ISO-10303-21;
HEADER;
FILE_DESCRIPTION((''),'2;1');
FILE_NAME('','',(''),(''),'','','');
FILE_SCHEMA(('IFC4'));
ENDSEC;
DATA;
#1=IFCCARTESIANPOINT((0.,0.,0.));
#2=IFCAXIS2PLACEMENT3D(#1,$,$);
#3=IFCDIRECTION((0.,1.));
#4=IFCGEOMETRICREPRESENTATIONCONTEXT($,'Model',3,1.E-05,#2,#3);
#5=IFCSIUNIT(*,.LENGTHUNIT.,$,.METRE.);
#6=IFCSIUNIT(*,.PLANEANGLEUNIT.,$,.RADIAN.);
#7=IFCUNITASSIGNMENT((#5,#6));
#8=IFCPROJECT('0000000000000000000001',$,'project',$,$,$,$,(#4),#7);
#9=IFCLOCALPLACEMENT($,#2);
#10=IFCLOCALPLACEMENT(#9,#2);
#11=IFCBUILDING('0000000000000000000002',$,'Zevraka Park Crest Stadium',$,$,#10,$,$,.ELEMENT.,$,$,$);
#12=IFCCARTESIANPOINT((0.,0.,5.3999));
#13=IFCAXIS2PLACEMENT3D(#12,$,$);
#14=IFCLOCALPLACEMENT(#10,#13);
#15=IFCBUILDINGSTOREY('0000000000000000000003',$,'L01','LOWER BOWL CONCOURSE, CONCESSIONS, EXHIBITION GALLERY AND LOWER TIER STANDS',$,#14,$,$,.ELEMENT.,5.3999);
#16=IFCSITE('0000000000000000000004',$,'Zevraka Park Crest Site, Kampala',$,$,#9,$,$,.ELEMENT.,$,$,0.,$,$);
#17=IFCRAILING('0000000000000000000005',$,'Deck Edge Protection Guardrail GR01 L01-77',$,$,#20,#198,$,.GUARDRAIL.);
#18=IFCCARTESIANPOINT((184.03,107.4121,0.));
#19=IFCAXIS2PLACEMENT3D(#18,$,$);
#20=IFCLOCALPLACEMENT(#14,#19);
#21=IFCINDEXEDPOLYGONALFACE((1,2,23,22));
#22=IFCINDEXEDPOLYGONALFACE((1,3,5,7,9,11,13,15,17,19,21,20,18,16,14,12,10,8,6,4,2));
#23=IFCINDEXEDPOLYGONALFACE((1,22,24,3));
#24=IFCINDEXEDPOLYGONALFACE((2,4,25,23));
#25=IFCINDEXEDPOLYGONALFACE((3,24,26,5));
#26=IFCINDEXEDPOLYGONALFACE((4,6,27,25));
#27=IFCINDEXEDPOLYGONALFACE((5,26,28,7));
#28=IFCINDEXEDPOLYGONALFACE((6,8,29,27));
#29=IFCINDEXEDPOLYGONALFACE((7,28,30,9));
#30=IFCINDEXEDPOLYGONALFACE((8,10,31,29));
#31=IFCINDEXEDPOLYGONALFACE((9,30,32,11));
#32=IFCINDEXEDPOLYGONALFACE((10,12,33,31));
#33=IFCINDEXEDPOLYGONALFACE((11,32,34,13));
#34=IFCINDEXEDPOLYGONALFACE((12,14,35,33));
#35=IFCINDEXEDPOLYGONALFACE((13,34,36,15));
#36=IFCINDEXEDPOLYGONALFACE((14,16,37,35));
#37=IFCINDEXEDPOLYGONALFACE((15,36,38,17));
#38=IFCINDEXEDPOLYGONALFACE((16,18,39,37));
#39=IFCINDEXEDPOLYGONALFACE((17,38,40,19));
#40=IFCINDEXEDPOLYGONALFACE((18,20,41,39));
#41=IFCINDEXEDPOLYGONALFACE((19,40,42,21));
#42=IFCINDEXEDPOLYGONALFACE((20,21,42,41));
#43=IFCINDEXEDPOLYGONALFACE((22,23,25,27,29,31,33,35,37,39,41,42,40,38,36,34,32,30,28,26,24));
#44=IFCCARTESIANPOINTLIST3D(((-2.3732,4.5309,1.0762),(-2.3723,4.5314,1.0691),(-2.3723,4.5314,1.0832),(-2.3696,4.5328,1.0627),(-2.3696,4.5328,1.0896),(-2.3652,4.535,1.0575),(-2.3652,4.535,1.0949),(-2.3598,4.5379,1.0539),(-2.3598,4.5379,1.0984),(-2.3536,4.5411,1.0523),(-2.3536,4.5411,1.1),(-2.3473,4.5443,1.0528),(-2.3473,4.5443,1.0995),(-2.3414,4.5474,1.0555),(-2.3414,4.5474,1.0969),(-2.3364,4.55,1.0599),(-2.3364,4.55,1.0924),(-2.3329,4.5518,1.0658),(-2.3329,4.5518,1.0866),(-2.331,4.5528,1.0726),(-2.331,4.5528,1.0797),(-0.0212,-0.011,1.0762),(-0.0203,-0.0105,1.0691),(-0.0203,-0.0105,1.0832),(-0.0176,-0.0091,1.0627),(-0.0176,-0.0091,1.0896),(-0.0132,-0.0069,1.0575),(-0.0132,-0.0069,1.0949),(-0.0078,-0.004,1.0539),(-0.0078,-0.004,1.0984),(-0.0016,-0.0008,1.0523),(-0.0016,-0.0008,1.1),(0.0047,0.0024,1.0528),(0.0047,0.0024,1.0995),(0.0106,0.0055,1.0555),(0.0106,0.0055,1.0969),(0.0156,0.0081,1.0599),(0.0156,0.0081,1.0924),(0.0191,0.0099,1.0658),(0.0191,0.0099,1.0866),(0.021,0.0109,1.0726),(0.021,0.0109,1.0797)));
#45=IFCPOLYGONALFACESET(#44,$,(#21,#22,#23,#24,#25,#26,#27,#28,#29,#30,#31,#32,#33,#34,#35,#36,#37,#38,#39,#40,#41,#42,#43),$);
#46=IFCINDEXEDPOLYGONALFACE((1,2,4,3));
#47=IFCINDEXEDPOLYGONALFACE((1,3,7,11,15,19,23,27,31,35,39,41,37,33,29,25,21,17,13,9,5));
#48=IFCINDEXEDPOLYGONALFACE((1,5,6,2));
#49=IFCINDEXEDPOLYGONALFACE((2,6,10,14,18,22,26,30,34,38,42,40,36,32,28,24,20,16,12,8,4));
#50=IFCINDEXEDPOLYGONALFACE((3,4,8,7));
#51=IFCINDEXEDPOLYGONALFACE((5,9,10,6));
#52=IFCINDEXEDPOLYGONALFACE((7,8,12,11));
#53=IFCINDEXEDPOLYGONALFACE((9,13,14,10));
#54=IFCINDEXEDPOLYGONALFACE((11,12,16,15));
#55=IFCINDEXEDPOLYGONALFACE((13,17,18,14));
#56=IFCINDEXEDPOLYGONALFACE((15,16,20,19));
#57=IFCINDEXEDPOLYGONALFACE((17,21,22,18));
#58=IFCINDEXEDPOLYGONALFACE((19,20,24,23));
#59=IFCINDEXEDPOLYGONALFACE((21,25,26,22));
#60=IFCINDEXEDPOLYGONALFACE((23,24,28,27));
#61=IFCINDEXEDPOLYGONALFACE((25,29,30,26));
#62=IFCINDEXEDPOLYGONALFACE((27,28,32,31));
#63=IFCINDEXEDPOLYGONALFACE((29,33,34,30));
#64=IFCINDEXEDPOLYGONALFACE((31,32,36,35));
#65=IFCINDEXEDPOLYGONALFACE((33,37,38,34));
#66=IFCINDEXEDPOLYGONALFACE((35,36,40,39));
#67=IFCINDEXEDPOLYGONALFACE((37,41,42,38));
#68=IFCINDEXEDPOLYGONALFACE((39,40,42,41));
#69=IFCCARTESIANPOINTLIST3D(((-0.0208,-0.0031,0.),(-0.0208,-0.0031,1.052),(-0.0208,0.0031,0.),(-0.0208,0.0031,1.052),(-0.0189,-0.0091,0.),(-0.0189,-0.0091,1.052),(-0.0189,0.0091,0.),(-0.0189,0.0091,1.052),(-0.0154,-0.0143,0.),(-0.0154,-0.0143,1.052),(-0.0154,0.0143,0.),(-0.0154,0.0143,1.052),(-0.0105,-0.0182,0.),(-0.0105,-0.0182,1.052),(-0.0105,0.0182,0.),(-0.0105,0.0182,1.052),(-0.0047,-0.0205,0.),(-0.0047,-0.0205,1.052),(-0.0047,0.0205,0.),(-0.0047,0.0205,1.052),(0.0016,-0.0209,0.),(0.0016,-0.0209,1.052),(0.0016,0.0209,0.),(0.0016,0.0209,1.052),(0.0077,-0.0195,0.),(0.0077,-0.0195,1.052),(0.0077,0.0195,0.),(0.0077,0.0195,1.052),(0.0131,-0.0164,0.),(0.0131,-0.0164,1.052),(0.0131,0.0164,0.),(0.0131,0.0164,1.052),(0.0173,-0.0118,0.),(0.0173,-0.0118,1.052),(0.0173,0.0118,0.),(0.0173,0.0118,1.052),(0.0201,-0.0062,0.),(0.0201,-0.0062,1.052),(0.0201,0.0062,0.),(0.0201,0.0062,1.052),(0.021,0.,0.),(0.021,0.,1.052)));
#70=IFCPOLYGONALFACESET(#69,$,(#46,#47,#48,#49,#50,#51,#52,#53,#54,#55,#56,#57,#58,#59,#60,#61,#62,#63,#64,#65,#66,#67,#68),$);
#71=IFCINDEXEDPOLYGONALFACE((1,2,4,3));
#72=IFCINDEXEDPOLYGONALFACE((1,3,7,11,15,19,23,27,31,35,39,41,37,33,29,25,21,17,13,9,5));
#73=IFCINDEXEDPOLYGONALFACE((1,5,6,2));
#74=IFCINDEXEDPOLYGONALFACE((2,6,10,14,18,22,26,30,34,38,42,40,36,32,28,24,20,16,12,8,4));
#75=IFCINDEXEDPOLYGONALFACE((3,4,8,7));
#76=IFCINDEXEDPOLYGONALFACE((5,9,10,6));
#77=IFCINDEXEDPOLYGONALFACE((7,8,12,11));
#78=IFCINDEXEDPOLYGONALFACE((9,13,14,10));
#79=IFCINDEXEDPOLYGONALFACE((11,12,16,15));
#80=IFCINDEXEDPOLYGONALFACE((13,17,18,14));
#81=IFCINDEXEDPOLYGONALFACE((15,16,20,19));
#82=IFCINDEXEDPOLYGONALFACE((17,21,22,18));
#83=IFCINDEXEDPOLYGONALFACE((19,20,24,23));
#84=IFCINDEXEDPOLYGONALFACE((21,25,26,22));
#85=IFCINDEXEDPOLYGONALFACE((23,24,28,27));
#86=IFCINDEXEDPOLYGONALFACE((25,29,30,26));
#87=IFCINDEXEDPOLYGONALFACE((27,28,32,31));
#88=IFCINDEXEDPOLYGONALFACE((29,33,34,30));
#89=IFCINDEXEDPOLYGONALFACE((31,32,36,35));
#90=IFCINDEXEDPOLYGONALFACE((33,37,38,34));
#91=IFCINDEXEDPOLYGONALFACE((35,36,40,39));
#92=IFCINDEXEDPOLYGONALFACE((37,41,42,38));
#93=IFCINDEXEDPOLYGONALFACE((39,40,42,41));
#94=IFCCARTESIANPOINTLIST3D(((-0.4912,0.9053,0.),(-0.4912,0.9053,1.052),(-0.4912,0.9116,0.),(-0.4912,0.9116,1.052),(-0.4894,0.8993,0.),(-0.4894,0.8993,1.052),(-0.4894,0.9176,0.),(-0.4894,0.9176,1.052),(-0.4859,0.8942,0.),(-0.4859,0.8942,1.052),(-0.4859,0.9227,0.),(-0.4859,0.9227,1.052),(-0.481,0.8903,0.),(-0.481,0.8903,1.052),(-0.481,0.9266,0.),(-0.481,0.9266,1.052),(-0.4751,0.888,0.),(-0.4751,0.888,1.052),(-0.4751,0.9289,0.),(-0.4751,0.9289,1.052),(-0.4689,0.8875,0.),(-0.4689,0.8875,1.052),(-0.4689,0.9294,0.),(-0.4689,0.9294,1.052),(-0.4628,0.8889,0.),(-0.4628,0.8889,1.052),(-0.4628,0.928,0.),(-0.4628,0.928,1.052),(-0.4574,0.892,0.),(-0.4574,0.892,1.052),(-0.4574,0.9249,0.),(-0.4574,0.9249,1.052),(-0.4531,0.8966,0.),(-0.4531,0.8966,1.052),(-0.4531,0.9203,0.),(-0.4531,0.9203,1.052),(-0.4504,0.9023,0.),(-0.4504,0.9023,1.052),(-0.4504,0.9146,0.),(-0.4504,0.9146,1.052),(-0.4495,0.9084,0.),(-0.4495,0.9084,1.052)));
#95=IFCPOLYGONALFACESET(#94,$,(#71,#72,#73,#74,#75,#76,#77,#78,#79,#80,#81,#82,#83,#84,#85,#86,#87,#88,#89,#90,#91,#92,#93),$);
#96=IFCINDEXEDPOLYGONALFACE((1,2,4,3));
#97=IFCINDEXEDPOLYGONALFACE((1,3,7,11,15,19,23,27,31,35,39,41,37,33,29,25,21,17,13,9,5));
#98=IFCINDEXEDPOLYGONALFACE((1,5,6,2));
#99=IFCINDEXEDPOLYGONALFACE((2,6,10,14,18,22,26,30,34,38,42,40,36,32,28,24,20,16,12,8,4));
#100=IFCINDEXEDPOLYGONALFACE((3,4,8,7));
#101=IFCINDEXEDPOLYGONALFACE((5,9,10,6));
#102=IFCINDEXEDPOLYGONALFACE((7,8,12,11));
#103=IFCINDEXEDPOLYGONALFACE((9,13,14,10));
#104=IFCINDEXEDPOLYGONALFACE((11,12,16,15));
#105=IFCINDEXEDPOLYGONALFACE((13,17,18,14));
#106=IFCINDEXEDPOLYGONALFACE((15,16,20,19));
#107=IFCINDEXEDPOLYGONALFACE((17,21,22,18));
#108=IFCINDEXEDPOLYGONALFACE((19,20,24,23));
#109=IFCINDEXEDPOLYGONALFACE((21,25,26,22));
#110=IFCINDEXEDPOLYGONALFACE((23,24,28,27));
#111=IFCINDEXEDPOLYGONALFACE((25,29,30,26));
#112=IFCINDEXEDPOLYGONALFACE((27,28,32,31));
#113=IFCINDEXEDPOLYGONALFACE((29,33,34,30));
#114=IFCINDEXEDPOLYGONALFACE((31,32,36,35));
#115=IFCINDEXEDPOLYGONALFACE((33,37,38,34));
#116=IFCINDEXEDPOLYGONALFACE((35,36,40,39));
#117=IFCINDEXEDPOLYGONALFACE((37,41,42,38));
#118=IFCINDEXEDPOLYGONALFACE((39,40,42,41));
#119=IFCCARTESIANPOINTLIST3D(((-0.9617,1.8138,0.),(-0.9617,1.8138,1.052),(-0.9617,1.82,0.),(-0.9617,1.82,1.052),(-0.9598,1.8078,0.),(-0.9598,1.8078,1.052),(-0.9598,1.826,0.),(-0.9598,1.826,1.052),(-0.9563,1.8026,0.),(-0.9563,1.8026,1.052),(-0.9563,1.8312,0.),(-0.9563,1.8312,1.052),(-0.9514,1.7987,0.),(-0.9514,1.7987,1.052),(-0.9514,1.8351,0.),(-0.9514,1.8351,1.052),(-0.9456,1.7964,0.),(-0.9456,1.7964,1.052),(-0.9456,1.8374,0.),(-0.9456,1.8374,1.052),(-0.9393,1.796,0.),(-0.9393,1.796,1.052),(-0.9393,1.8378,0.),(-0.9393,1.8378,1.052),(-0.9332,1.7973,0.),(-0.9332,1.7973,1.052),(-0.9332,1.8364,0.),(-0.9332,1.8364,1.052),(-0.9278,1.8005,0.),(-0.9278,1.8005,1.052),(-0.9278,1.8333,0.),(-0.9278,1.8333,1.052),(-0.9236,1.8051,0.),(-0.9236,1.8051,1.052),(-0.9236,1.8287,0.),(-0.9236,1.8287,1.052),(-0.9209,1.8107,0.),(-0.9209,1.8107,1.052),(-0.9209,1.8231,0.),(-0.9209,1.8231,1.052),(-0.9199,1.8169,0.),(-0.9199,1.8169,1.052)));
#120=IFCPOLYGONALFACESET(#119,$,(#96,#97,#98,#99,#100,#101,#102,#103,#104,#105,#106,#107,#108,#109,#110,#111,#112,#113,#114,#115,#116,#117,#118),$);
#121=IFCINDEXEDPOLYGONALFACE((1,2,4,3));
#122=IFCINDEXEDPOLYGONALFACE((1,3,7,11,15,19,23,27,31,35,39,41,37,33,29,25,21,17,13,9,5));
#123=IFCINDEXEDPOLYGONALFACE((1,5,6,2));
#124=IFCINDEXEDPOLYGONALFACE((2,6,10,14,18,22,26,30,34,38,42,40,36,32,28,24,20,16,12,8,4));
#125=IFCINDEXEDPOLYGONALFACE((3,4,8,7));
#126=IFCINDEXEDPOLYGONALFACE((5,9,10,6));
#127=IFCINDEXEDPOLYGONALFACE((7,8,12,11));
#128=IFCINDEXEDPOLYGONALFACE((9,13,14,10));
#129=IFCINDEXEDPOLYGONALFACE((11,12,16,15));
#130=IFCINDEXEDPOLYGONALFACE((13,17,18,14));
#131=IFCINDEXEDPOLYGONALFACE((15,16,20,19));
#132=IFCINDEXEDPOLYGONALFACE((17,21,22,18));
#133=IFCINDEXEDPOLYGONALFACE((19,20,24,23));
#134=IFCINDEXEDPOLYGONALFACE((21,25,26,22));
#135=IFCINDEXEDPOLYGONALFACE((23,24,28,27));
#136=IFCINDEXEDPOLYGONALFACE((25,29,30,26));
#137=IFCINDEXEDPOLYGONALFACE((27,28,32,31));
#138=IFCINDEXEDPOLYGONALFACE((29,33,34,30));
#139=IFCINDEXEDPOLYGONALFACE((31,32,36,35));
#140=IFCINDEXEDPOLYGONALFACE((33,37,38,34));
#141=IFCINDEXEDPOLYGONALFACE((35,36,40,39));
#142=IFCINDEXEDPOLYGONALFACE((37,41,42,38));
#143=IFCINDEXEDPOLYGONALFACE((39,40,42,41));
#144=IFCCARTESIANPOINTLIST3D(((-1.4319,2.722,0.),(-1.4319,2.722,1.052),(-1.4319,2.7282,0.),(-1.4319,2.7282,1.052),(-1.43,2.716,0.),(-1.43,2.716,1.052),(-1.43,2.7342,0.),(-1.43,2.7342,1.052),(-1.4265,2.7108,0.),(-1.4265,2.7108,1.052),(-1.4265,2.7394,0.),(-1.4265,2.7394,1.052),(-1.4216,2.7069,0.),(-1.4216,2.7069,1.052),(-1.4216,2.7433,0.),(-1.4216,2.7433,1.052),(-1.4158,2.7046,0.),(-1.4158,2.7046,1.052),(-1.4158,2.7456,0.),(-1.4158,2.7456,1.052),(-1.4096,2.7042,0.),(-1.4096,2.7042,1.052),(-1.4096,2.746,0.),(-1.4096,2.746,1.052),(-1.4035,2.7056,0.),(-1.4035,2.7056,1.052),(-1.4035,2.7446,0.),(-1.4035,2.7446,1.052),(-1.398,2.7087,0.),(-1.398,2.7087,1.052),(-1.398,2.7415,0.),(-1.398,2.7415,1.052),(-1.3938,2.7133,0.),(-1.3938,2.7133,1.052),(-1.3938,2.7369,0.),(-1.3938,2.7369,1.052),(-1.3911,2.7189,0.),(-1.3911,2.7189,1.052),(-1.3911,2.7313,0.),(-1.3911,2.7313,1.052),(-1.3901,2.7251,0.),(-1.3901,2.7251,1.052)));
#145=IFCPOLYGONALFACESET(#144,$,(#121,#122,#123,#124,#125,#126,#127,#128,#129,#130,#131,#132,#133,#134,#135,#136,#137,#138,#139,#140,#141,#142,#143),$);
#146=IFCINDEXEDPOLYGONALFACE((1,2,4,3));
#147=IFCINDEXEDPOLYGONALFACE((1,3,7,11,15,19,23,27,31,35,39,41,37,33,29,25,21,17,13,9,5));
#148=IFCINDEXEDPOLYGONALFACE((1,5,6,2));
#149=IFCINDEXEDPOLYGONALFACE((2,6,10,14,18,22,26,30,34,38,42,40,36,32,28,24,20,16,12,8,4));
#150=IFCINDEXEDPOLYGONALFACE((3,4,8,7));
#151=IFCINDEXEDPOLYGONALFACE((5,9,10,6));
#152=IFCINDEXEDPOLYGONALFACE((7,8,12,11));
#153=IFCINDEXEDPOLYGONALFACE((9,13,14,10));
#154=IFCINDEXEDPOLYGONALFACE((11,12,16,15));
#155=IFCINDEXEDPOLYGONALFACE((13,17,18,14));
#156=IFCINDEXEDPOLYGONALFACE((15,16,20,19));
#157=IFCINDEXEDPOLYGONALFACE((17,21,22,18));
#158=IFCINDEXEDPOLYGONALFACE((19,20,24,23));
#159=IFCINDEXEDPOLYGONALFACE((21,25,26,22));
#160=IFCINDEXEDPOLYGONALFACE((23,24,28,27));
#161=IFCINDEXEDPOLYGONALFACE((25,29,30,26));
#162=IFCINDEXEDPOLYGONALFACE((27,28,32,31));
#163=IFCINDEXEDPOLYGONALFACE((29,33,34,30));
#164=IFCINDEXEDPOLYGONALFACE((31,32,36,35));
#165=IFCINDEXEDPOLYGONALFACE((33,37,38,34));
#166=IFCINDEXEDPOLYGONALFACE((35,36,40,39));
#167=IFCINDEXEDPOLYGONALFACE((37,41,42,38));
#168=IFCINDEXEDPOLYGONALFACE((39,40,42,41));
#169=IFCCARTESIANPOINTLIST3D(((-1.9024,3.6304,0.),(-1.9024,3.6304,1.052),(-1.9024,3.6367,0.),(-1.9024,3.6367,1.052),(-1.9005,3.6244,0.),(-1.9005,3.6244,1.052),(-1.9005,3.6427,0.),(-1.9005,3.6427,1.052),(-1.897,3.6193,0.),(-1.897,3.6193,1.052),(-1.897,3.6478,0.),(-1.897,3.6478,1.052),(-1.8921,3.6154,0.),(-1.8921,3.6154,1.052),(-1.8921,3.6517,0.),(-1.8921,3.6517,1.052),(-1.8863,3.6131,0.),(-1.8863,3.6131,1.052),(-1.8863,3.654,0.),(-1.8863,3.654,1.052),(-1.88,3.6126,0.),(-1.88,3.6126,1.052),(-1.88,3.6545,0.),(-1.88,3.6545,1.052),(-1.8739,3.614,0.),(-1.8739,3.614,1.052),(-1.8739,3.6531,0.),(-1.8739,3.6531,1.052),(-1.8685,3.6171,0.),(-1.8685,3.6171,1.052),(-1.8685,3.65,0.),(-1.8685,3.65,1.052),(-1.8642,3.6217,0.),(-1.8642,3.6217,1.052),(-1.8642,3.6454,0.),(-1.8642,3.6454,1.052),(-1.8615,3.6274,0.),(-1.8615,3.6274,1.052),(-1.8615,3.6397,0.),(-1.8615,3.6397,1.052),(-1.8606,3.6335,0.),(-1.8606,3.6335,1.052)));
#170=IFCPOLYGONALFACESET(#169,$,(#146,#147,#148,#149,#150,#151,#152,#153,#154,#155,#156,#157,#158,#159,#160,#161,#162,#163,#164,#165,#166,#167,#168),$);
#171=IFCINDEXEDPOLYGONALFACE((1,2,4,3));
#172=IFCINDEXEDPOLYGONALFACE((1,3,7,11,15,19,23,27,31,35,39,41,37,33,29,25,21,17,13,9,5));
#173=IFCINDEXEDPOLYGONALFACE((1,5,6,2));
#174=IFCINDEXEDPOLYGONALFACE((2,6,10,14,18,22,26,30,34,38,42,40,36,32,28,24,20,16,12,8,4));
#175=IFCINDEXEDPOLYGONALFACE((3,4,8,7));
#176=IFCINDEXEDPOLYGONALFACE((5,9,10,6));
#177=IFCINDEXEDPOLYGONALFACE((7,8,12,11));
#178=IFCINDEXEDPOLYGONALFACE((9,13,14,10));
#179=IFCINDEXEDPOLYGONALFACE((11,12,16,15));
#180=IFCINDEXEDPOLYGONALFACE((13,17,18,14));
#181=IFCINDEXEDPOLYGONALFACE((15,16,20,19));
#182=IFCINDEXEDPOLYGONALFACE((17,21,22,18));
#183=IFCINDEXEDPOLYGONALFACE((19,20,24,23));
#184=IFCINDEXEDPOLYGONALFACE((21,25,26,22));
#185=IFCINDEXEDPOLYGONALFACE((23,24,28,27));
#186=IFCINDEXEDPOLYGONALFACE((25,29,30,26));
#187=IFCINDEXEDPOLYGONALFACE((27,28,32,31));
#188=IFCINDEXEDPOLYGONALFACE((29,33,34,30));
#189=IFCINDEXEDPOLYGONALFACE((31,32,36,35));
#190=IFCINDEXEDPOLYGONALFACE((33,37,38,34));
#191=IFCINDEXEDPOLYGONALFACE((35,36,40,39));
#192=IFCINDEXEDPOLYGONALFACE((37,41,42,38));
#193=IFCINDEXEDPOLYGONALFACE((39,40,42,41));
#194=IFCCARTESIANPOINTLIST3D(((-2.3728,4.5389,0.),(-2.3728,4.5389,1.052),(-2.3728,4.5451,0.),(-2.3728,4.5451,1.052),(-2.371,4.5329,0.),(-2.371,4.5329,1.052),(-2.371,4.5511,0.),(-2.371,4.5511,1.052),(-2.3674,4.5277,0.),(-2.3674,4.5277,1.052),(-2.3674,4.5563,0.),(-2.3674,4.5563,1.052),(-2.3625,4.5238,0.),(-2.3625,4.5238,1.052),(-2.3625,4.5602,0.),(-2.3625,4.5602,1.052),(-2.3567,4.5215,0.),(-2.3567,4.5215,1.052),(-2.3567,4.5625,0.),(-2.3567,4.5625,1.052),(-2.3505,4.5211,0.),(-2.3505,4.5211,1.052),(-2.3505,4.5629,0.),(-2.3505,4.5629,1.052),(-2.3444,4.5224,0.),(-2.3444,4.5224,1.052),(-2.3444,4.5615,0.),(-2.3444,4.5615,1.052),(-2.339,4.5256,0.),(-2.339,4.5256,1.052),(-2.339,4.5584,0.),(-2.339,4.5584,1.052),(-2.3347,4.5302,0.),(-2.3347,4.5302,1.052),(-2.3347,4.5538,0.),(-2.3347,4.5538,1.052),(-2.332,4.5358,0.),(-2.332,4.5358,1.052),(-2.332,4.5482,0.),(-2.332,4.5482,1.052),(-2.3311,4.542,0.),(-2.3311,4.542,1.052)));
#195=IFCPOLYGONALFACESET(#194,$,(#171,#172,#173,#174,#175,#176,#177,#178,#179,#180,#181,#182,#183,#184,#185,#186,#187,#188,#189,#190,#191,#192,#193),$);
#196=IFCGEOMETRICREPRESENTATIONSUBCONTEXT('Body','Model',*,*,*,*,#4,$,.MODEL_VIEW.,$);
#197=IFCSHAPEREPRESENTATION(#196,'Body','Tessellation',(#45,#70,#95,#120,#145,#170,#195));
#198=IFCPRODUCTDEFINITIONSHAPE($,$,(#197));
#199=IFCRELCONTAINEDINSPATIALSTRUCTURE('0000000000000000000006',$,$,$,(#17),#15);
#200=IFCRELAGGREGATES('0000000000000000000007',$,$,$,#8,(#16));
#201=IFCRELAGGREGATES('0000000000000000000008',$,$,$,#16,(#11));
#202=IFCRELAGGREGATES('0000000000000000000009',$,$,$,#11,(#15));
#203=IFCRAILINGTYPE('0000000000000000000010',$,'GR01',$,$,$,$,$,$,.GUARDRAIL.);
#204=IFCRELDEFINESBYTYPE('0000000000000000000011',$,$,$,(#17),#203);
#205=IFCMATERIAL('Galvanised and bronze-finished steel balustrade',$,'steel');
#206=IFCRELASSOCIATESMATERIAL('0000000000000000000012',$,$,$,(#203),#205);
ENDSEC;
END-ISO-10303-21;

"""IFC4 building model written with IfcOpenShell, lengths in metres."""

from ifc_helpers import new_model, si_unit, direction, frame, origin, origin_2d, place, context, subcontext, project, spatial, circle, extrude, material, type_object, element, save


model = new_model("IFC4")

# Units and contexts
model_context = context("Model", 3, precision=1e-05, world=origin(), true_north=direction((0.0, 1.0)))
body_context = subcontext(model_context, "Body", "Model", "MODEL_VIEW")
ifc_project = project(units=[si_unit("LENGTHUNIT", "METRE"), si_unit("PLANEANGLEUNIT", "RADIAN")], contexts=[model_context])

# Site, building, storey
site_placement = place(None, origin())
site = spatial("IfcSite", under=ifc_project, at=site_placement, Name="Zevraka Park Crest Site, Kampala", CompositionType="ELEMENT", RefElevation=0.0)
building_placement = place(site_placement, origin())
building = spatial("IfcBuilding", under=site, at=building_placement, Name="Zevraka Park Crest Stadium", CompositionType="ELEMENT")
storey_placement = place(building_placement, frame((0.0, 0.0, 5.3999)))
storey = spatial("IfcBuildingStorey", under=building, at=storey_placement, Name="L01", Description="LOWER BOWL CONCOURSE, CONCESSIONS, EXHIBITION GALLERY AND LOWER TIER STANDS", CompositionType="ELEMENT", Elevation=5.3999)

# Railing
ifc_material_1 = material(Name="Galvanised and bronze-finished steel balustrade", Category="steel")
railing_type_1 = type_object("IfcRailingType", Name="GR01", PredefinedType="GUARDRAIL", material=ifc_material_1)
railing_1_placement = place(storey_placement, frame((184.03, 107.4121, 0.0)))
element("IfcRailing", 1, at=railing_1_placement, inside=storey, type_object=railing_type_1, Name="Deck Edge Protection Guardrail GR01 L01-77", PredefinedType="GUARDRAIL", context=body_context, shape_type="SweptSolid", body=[
    extrude(circle(Radius=0.0239, at=origin_2d()), frame((0.0, 0.0, 1.0762), z_axis=(-0.459846, 0.887999, 0.0), x_axis=(-0.887999, -0.459846, 0.0)), (0.0, 0.0, 1.0), 5.1147),
    extrude(circle(Radius=0.021, at=origin_2d()), origin(), (0.0, 0.0, 1.0), 1.052),
    extrude(circle(Radius=0.021, at=origin_2d()), frame((-0.4705, 0.9084, 0.0)), (0.0, 0.0, 1.0), 1.052),
    extrude(circle(Radius=0.021, at=origin_2d()), frame((-0.9409, 1.8169, 0.0)), (0.0, 0.0, 1.0), 1.052),
    extrude(circle(Radius=0.021, at=origin_2d()), frame((-1.4111, 2.7251, 0.0)), (0.0, 0.0, 1.0), 1.052),
    extrude(circle(Radius=0.021, at=origin_2d()), frame((-1.8816, 3.6335, 0.0)), (0.0, 0.0, 1.0), 1.052),
    extrude(circle(Radius=0.021, at=origin_2d()), frame((-2.3521, 4.542, 0.0)), (0.0, 0.0, 1.0), 1.052),
])

save(model, "model.ifc")
